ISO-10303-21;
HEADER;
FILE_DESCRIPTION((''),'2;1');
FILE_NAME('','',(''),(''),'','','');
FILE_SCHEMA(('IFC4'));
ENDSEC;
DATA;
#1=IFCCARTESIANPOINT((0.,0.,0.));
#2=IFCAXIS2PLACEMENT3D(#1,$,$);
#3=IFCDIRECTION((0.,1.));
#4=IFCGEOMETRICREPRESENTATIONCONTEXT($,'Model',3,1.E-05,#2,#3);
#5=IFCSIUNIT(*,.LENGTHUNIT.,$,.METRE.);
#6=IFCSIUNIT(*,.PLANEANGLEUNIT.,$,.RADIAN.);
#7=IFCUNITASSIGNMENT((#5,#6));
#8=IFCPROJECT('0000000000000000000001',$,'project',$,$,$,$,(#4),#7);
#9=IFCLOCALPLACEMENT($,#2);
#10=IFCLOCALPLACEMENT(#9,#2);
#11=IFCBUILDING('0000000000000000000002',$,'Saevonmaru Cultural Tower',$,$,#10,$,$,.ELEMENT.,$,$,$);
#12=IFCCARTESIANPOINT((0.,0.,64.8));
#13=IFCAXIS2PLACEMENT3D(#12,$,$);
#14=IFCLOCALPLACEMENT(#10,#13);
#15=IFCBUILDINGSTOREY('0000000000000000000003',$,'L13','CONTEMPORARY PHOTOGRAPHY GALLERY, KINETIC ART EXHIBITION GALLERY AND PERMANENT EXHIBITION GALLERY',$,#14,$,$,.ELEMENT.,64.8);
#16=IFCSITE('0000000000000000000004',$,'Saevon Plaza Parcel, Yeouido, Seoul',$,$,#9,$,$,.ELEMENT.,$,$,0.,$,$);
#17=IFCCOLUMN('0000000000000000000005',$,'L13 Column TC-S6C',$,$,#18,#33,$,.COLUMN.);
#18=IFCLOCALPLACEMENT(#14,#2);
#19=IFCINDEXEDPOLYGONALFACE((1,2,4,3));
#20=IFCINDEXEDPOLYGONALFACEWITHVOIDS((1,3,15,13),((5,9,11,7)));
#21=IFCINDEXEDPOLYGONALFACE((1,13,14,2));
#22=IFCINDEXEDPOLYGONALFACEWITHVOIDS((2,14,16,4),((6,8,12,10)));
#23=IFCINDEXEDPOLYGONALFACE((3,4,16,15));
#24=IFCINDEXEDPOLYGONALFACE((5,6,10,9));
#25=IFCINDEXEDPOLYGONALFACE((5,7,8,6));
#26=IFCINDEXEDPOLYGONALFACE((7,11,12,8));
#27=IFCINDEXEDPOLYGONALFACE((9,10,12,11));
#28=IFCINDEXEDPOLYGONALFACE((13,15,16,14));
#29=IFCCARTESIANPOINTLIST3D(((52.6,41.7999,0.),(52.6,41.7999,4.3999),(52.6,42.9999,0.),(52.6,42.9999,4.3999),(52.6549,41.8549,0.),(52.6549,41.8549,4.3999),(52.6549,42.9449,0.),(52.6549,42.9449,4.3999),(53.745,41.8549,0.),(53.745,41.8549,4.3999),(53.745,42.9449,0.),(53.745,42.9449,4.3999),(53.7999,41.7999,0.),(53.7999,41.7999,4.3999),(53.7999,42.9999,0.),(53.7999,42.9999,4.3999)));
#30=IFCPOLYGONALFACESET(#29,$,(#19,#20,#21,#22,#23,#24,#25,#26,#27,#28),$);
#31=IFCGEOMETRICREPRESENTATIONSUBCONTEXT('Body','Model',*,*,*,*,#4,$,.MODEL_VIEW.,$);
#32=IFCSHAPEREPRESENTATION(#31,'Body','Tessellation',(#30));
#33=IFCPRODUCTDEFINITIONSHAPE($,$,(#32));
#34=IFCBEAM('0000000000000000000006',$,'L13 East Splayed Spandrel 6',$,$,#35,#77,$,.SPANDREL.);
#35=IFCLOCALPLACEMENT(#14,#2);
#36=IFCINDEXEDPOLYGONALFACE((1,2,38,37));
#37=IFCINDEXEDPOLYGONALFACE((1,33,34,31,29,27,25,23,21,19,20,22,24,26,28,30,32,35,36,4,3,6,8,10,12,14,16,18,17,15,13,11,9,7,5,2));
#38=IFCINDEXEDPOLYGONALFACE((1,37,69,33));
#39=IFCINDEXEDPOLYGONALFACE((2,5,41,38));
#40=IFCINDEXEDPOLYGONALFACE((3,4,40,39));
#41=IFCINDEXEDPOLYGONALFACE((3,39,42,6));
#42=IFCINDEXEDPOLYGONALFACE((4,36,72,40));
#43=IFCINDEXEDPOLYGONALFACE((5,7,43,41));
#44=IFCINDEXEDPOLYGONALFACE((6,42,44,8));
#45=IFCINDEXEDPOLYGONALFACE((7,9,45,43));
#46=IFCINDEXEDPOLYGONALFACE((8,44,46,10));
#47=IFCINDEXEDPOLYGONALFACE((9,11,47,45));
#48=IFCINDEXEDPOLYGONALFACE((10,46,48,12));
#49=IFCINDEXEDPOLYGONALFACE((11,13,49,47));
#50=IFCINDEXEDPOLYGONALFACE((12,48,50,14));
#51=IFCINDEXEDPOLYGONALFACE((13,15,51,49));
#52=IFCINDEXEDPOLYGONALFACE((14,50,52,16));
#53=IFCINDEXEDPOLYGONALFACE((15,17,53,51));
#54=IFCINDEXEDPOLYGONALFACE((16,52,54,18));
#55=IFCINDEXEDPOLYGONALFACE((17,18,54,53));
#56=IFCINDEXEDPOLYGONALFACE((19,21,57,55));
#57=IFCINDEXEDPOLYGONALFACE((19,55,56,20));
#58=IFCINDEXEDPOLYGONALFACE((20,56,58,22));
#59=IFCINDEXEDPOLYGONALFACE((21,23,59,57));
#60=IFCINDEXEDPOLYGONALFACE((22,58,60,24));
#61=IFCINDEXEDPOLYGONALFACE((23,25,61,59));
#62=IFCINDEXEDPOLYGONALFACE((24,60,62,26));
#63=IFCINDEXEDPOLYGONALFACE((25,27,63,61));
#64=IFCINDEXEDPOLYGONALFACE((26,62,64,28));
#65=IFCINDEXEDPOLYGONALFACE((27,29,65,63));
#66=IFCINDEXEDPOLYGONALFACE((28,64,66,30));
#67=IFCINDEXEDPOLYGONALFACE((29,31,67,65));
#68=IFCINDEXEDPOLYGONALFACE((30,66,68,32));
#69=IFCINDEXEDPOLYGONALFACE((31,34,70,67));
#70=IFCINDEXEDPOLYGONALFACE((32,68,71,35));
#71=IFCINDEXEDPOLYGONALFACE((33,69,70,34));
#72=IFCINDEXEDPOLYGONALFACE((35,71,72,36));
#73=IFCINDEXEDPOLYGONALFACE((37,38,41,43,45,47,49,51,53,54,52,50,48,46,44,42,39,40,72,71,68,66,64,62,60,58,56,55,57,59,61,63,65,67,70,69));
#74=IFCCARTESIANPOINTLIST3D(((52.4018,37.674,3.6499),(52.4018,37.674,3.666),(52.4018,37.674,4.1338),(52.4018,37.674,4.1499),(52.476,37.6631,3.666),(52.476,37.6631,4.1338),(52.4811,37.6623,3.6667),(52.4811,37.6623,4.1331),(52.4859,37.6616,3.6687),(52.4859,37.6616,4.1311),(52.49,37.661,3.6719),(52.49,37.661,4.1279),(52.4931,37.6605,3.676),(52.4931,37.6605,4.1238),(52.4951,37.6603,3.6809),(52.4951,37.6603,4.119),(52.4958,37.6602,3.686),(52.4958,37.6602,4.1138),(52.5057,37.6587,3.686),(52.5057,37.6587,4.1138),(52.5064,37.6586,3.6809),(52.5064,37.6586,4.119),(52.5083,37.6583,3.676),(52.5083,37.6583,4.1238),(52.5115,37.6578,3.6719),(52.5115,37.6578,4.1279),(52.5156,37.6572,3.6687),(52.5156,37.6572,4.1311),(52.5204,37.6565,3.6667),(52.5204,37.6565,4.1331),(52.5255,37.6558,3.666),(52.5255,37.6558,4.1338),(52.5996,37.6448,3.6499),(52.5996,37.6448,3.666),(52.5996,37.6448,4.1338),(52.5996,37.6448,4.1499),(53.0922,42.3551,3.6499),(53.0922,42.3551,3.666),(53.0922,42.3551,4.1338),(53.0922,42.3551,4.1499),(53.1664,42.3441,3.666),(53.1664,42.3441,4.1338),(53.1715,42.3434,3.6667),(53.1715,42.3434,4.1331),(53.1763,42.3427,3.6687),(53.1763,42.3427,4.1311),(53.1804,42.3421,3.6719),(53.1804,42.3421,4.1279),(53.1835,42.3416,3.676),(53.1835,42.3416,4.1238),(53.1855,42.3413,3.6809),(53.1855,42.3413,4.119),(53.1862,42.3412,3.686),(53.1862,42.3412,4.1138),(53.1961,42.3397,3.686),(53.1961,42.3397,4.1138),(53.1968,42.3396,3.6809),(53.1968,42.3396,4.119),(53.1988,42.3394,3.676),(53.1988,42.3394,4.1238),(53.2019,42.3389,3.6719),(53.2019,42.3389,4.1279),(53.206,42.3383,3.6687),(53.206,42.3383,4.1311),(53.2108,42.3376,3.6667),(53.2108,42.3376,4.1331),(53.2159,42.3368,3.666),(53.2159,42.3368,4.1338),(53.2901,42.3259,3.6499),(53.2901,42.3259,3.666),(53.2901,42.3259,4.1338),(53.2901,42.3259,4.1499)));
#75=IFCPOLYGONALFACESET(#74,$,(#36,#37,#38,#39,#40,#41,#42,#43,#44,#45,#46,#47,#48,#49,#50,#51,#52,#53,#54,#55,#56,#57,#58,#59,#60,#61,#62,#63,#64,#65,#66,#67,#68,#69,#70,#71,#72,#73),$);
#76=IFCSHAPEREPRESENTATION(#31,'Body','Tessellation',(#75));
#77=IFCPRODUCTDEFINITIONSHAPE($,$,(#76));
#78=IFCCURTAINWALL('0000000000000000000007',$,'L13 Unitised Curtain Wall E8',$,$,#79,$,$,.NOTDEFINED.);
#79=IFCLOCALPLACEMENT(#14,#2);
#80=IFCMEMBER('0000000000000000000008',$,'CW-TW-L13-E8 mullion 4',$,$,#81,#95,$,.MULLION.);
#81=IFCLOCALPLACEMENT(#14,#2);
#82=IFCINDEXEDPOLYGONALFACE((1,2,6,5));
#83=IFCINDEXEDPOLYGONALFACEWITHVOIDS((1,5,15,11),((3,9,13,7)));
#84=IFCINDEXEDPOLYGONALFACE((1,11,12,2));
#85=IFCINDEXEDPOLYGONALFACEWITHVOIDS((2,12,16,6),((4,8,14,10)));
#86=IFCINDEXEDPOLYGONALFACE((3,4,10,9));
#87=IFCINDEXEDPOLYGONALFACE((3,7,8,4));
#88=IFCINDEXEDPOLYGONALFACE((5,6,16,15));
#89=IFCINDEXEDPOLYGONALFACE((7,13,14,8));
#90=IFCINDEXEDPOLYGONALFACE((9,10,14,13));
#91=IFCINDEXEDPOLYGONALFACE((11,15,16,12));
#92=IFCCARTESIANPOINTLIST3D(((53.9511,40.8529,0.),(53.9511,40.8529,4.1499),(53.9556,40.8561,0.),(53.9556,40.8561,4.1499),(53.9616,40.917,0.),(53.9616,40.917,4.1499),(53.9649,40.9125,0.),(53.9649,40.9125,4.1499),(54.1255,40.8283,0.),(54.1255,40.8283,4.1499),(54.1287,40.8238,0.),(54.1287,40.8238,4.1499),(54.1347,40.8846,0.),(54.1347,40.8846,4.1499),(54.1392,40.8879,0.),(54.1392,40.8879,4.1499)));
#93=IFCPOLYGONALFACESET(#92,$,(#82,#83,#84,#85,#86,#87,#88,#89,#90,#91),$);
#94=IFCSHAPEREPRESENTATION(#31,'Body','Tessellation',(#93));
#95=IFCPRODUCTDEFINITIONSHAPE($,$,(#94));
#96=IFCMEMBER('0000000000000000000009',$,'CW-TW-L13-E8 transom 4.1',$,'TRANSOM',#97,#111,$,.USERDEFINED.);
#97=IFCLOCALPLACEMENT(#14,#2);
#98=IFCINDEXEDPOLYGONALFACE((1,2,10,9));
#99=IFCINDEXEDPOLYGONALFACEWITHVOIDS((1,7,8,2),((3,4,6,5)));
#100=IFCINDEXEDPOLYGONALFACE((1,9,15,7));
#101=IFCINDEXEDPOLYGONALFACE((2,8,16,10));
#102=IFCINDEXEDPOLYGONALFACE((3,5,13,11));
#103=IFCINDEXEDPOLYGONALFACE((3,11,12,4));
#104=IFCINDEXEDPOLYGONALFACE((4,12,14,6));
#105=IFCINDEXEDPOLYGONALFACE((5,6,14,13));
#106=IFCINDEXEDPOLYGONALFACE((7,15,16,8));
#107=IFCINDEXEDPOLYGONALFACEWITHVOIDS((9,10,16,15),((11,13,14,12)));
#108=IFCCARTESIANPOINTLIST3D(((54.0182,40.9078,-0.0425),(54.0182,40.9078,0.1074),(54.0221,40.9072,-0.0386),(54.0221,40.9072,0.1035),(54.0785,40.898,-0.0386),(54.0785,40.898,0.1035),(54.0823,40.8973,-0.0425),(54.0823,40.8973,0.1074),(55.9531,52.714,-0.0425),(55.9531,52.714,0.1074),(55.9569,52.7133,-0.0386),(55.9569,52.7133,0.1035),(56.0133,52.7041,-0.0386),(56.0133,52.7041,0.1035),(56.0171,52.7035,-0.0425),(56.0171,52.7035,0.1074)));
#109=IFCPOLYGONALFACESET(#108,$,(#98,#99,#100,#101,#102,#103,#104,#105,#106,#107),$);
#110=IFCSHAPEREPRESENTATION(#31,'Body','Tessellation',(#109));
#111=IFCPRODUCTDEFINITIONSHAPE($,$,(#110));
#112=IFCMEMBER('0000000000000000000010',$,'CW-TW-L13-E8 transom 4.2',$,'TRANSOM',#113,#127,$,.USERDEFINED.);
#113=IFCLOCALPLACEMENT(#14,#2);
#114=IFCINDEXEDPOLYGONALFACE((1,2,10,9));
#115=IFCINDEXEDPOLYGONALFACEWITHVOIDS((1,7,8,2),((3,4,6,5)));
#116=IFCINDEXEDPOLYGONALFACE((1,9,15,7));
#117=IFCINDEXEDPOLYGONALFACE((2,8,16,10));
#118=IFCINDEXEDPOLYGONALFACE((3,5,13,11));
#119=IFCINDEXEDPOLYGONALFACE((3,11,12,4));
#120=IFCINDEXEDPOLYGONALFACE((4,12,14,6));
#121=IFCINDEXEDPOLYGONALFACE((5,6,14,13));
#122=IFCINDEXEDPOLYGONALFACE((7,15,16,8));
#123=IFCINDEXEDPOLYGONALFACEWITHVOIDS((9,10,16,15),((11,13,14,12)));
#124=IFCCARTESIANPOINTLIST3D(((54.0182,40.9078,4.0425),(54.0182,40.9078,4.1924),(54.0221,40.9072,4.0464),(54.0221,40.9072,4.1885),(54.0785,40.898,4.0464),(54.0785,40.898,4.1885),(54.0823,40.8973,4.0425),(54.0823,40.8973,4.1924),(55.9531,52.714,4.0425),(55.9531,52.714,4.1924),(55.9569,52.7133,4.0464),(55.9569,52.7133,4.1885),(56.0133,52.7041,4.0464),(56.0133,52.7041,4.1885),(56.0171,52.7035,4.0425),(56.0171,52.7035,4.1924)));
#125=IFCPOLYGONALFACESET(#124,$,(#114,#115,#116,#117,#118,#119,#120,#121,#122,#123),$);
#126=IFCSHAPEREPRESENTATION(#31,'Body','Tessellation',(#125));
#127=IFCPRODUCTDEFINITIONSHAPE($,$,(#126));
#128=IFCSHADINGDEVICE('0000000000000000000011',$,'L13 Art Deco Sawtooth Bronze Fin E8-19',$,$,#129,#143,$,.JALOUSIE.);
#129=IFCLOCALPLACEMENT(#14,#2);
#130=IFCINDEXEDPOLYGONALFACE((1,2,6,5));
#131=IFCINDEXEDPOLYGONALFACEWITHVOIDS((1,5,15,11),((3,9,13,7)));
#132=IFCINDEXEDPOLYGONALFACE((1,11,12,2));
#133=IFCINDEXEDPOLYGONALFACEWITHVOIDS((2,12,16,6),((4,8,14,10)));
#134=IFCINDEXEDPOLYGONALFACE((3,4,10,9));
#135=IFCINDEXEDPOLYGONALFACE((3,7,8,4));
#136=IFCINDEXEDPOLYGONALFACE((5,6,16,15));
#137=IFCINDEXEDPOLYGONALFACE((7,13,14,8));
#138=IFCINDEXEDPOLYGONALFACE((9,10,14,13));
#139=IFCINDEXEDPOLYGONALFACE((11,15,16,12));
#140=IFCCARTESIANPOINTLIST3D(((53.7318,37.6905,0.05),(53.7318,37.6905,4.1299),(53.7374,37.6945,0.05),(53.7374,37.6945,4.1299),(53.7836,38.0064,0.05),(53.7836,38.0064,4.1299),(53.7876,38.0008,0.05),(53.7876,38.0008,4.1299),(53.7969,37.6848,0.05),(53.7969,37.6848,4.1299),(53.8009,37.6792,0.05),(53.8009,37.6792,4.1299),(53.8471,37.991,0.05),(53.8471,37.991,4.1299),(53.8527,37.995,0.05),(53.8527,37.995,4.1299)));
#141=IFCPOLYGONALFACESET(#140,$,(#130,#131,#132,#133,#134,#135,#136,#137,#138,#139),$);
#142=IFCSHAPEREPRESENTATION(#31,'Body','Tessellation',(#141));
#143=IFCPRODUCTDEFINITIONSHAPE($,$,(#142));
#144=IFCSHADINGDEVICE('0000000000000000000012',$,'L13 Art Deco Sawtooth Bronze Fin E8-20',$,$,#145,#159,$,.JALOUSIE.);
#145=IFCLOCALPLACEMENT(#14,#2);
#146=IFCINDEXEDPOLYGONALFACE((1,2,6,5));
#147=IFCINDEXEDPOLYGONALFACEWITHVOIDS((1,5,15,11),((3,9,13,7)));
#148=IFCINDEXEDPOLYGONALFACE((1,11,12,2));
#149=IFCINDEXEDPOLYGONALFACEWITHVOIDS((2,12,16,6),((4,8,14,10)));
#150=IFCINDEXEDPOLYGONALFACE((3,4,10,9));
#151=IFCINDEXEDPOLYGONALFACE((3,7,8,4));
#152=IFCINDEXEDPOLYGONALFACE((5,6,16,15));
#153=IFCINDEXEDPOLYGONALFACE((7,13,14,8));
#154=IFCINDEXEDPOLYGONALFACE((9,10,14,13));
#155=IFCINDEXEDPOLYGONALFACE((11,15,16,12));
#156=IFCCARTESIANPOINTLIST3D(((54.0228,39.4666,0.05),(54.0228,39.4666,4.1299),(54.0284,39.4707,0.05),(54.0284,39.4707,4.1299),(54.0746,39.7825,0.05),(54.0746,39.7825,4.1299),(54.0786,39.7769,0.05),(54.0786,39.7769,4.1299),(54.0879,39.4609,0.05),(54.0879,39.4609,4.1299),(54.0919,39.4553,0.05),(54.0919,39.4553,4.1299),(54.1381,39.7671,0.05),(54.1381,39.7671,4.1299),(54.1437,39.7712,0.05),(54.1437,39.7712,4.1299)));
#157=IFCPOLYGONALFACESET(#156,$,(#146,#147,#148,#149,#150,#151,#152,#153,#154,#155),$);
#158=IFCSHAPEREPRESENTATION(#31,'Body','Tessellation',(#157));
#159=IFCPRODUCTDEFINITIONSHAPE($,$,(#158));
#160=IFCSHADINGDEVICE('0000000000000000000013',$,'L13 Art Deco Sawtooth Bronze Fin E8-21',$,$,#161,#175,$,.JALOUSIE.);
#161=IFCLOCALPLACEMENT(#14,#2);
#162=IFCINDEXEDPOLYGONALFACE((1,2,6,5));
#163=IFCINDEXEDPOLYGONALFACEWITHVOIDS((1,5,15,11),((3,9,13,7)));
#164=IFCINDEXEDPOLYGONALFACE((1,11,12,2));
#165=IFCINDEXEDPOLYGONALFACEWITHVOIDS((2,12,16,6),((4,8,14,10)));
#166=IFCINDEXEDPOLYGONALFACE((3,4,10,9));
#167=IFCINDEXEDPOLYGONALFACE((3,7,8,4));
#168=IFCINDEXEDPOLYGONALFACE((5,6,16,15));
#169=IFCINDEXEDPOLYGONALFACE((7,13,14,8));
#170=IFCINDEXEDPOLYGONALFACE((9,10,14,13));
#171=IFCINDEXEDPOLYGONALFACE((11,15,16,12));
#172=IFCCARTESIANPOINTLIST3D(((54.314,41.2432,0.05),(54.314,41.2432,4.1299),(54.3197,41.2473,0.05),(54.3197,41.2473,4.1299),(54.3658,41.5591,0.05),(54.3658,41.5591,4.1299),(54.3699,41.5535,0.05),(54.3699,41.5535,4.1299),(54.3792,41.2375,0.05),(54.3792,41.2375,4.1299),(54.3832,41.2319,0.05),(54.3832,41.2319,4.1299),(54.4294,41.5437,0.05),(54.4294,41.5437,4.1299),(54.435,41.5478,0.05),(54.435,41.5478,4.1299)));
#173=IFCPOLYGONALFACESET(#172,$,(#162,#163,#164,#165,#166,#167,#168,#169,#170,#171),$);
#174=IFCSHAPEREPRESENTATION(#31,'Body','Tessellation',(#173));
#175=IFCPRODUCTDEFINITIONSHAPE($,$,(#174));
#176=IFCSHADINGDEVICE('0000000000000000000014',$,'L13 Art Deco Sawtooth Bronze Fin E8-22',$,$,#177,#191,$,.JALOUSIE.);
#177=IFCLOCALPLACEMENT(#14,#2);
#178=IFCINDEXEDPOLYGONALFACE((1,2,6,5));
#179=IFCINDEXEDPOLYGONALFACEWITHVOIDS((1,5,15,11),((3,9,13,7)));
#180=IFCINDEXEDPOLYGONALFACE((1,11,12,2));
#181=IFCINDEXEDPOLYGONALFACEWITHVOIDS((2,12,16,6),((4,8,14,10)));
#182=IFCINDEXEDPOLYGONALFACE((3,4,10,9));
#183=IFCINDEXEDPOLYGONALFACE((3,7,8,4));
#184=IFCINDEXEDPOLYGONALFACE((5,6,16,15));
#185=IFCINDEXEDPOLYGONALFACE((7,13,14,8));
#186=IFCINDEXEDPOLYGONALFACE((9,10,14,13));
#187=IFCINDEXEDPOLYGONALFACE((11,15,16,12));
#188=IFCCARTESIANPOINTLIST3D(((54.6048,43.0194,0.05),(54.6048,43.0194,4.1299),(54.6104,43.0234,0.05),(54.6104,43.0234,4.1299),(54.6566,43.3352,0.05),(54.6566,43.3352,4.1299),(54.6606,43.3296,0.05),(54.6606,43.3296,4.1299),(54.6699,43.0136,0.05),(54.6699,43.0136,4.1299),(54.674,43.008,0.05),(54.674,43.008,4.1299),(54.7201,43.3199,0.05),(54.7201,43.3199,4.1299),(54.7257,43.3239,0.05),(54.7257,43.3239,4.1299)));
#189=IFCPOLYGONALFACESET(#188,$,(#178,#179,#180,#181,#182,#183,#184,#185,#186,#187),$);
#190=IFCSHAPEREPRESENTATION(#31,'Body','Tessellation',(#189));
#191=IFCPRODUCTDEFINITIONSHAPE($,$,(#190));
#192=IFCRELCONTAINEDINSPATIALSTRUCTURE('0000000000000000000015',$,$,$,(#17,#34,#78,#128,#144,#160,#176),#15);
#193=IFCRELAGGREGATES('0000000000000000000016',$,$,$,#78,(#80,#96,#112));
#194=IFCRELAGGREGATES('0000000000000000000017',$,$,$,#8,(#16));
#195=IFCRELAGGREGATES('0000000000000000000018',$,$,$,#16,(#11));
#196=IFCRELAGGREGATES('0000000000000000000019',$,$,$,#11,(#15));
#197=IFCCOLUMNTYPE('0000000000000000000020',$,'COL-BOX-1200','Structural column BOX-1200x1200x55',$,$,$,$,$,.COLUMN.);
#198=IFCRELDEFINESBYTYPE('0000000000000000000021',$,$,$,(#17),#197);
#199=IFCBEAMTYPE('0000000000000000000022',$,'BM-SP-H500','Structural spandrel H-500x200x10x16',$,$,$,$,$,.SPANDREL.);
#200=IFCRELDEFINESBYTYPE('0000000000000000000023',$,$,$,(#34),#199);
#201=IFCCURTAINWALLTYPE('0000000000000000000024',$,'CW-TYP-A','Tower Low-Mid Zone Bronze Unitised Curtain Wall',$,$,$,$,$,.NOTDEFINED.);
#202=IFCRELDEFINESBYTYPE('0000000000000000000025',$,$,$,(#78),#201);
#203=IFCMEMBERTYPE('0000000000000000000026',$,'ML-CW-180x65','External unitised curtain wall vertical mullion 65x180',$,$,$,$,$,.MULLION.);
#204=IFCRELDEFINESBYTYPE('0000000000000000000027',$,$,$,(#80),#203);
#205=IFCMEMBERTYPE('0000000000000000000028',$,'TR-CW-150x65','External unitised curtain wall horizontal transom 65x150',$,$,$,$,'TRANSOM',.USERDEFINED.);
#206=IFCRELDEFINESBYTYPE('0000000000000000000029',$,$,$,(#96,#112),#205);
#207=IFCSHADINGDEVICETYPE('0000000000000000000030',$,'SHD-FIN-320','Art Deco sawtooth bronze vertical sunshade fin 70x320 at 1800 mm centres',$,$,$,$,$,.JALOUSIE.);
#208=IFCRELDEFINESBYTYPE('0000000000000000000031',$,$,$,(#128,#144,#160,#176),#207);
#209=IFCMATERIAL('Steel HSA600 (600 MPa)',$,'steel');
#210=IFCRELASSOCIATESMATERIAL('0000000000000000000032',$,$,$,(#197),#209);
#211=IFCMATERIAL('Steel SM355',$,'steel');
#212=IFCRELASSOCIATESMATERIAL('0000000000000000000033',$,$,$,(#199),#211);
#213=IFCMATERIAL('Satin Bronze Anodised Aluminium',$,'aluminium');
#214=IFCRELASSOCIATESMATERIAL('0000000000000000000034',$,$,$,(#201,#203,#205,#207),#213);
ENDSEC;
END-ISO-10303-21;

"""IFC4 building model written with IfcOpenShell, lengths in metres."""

from ifc_helpers import new_model, si_unit, direction, frame, origin, origin_2d, place, context, subcontext, project, spatial, hollow_rectangle, i_section, extrude, material, material_profile, profile_set, type_object, element, aggregate, save


model = new_model("IFC4")

# Units and contexts
model_context = context("Model", 3, precision=1e-05, world=origin(), true_north=direction((0.0, 1.0)))
body_context = subcontext(model_context, "Body", "Model", "MODEL_VIEW")
ifc_project = project(units=[si_unit("LENGTHUNIT", "METRE"), si_unit("PLANEANGLEUNIT", "RADIAN")], contexts=[model_context])

# Site, building, storey
site_placement = place(None, origin())
site = spatial("IfcSite", under=ifc_project, at=site_placement, Name="Saevon Plaza Parcel, Yeouido, Seoul", CompositionType="ELEMENT", RefElevation=0.0)
building_placement = place(site_placement, origin())
building = spatial("IfcBuilding", under=site, at=building_placement, Name="Saevonmaru Cultural Tower", CompositionType="ELEMENT")
storey_placement = place(building_placement, frame((0.0, 0.0, 64.8)))
storey = spatial("IfcBuildingStorey", under=building, at=storey_placement, Name="L13", Description="CONTEMPORARY PHOTOGRAPHY GALLERY, KINETIC ART EXHIBITION GALLERY AND PERMANENT EXHIBITION GALLERY", CompositionType="ELEMENT", Elevation=64.8)

# Column
ifc_material_1 = material(Name="Steel HSA600 (600 MPa)", Category="steel")
ifc_material_profile_1 = material_profile(ifc_material_1, hollow_rectangle(XDim=1.2, YDim=1.2, WallThickness=0.0549, at=origin_2d()), Name="BOX-1200x1200x55")
ifc_profile_set_1 = profile_set([ifc_material_profile_1], Name="Steel HSA600 (600 MPa)")
column_type = type_object("IfcColumnType", Name="COL-BOX-1200", Description="Structural column BOX-1200x1200x55", PredefinedType="COLUMN", material=ifc_profile_set_1)
column_placement = place(storey_placement, frame((53.2, 42.3999, 0.0), z_axis=(0.0, 0.0, 1.0), x_axis=(1.0, 0.0, 0.0)))
element("IfcColumn", 1, at=column_placement, inside=storey, type_object=column_type, Name="L13 Column TC-S6C", PredefinedType="COLUMN", context=body_context, shape_type="SweptSolid", body=[
    extrude(hollow_rectangle(XDim=1.2, YDim=1.2, WallThickness=0.0549, at=origin_2d()), origin(), (0.0, 0.0, 1.0), 4.3999),
])

# Beam
ifc_material_2 = material(Name="Steel SM355", Category="steel")
ifc_material_profile_2 = material_profile(ifc_material_2, i_section(OverallWidth=0.2, OverallDepth=0.5, WebThickness=0.01, FlangeThickness=0.0161, FilletRadius=0.02, at=origin_2d()), Name="H-500x200x10x16")
ifc_profile_set_2 = profile_set([ifc_material_profile_2], Name="Steel SM355")
beam_type = type_object("IfcBeamType", Name="BM-SP-H500", Description="Structural spandrel H-500x200x10x16", PredefinedType="SPANDREL", material=ifc_profile_set_2)
beam_placement = place(storey_placement, frame((52.5007, 37.6594, 3.8999), z_axis=(0.145913, 0.989297, 0.0), x_axis=(-0.989297, 0.145913, 0.0)))
element("IfcBeam", 2, at=beam_placement, inside=storey, type_object=beam_type, Name="L13 East Splayed Spandrel 6", PredefinedType="SPANDREL", context=body_context, shape_type="SweptSolid", body=[
    extrude(i_section(OverallWidth=0.2, OverallDepth=0.5, WebThickness=0.01, FlangeThickness=0.0161, FilletRadius=0.02, at=origin_2d()), origin(), (0.0, 0.0, 1.0), 4.7317),
])

# Curtain wall, members
ifc_material_3 = material(Name="Satin Bronze Anodised Aluminium", Category="aluminium")
curtain_wall_type = type_object("IfcCurtainWallType", Name="CW-TYP-A", Description="Tower Low-Mid Zone Bronze Unitised Curtain Wall", PredefinedType="NOTDEFINED", material=ifc_material_3)
curtain_wall_placement = place(storey_placement, origin())
curtain_wall = element("IfcCurtainWall", 3, at=curtain_wall_placement, inside=storey, type_object=curtain_wall_type, Name="L13 Unitised Curtain Wall E8", PredefinedType="NOTDEFINED")
ifc_material_profile_3 = material_profile(ifc_material_3, hollow_rectangle(XDim=0.0649, YDim=0.1799, WallThickness=0.0039, at=origin_2d()), Name="ALU-MULL-180x65x4")
ifc_profile_set_3 = profile_set([ifc_material_profile_3], Name="Satin Bronze Anodised Aluminium")
member_type_1 = type_object("IfcMemberType", Name="ML-CW-180x65", Description="External unitised curtain wall vertical mullion 65x180", PredefinedType="MULLION", material=ifc_profile_set_3)
member_1_placement = place(storey_placement, frame((54.0452, 40.8704, 0.0), z_axis=(0.0, 0.0, 1.0), x_axis=(0.161709, 0.986839, 0.0)))
member_1 = element("IfcMember", 4, at=member_1_placement, type_object=member_type_1, Name="CW-TW-L13-E8 mullion 4", PredefinedType="MULLION", context=body_context, shape_type="SweptSolid", body=[
    extrude(hollow_rectangle(XDim=0.0649, YDim=0.1799, WallThickness=0.0039, at=origin_2d()), origin(), (0.0, 0.0, 1.0), 4.1499),
])
ifc_material_profile_4 = material_profile(ifc_material_3, hollow_rectangle(XDim=0.0649, YDim=0.1499, WallThickness=0.0039, at=origin_2d()), Name="ALU-TRAN-150x65x4")
ifc_profile_set_4 = profile_set([ifc_material_profile_4], Name="Satin Bronze Anodised Aluminium")
member_type_2 = type_object("IfcMemberType", Name="TR-CW-150x65", Description="External unitised curtain wall horizontal transom 65x150", ElementType="TRANSOM", PredefinedType="USERDEFINED", material=ifc_profile_set_4)
member_2_placement = place(storey_placement, frame((54.0503, 40.9026, 0.0325), z_axis=(0.161725, 0.986836, 0.0), x_axis=(-0.986836, 0.161725, 0.0)))
member_2 = element("IfcMember", 5, at=member_2_placement, type_object=member_type_2, Name="CW-TW-L13-E8 transom 4.1", ObjectType="TRANSOM", PredefinedType="USERDEFINED", context=body_context, shape_type="SweptSolid", body=[
    extrude(hollow_rectangle(XDim=0.0649, YDim=0.1499, WallThickness=0.0039, at=origin_2d()), origin(), (0.0, 0.0, 1.0), 11.9636),
])
member_3_placement = place(storey_placement, frame((54.0503, 40.9026, 4.1174), z_axis=(0.161725, 0.986836, 0.0), x_axis=(-0.986836, 0.161725, 0.0)))
member_3 = element("IfcMember", 6, at=member_3_placement, type_object=member_type_2, Name="CW-TW-L13-E8 transom 4.2", ObjectType="TRANSOM", PredefinedType="USERDEFINED", context=body_context, shape_type="SweptSolid", body=[
    extrude(hollow_rectangle(XDim=0.0649, YDim=0.1499, WallThickness=0.0039, at=origin_2d()), origin(), (0.0, 0.0, 1.0), 11.9636),
])
aggregate(curtain_wall, [member_1, member_2, member_3])

# Shading devices
ifc_material_profile_5 = material_profile(ifc_material_3, hollow_rectangle(XDim=0.0701, YDim=0.3201, WallThickness=0.0049, at=origin_2d()), Name="FIN-320x70")
ifc_profile_set_5 = profile_set([ifc_material_profile_5], Name="Satin Bronze Anodised Aluminium")
shading_device_type = type_object("IfcShadingDeviceType", Name="SHD-FIN-320", Description="Art Deco sawtooth bronze vertical sunshade fin 70x320 at 1800 mm centres", PredefinedType="JALOUSIE", material=ifc_profile_set_5)
for number, where, z_axis, x_axis, name in (
    (7, (53.7922, 37.8428, 0.05), (0.0, 0.0, 1.0), (0.986827, -0.161776, 0.0), "L13 Art Deco Sawtooth Bronze Fin E8-19"),
    (8, (54.0833, 39.6189, 0.05), (0.0, 0.0, 1.0), (0.986827, -0.161776, 0.0), "L13 Art Deco Sawtooth Bronze Fin E8-20"),
    (9, (54.3745, 41.3955, 0.05), (0.0, 0.0, 1.0), (0.986827, -0.161776, 0.0), "L13 Art Deco Sawtooth Bronze Fin E8-21"),
    (10, (54.6653, 43.1716, 0.05), (0.0, 0.0, 1.0), (0.986827, -0.161776, 0.0), "L13 Art Deco Sawtooth Bronze Fin E8-22"),
):
    element("IfcShadingDevice", number, at=place(storey_placement, frame(where, z_axis=z_axis, x_axis=x_axis)), inside=storey, type_object=shading_device_type, Name=name, PredefinedType="JALOUSIE", context=body_context, shape_type="SweptSolid", body=[
        extrude(hollow_rectangle(XDim=0.0701, YDim=0.3201, WallThickness=0.0049, at=origin_2d()), origin(), (0.0, 0.0, 1.0), 4.0798),
    ])

save(model, "model.ifc")
